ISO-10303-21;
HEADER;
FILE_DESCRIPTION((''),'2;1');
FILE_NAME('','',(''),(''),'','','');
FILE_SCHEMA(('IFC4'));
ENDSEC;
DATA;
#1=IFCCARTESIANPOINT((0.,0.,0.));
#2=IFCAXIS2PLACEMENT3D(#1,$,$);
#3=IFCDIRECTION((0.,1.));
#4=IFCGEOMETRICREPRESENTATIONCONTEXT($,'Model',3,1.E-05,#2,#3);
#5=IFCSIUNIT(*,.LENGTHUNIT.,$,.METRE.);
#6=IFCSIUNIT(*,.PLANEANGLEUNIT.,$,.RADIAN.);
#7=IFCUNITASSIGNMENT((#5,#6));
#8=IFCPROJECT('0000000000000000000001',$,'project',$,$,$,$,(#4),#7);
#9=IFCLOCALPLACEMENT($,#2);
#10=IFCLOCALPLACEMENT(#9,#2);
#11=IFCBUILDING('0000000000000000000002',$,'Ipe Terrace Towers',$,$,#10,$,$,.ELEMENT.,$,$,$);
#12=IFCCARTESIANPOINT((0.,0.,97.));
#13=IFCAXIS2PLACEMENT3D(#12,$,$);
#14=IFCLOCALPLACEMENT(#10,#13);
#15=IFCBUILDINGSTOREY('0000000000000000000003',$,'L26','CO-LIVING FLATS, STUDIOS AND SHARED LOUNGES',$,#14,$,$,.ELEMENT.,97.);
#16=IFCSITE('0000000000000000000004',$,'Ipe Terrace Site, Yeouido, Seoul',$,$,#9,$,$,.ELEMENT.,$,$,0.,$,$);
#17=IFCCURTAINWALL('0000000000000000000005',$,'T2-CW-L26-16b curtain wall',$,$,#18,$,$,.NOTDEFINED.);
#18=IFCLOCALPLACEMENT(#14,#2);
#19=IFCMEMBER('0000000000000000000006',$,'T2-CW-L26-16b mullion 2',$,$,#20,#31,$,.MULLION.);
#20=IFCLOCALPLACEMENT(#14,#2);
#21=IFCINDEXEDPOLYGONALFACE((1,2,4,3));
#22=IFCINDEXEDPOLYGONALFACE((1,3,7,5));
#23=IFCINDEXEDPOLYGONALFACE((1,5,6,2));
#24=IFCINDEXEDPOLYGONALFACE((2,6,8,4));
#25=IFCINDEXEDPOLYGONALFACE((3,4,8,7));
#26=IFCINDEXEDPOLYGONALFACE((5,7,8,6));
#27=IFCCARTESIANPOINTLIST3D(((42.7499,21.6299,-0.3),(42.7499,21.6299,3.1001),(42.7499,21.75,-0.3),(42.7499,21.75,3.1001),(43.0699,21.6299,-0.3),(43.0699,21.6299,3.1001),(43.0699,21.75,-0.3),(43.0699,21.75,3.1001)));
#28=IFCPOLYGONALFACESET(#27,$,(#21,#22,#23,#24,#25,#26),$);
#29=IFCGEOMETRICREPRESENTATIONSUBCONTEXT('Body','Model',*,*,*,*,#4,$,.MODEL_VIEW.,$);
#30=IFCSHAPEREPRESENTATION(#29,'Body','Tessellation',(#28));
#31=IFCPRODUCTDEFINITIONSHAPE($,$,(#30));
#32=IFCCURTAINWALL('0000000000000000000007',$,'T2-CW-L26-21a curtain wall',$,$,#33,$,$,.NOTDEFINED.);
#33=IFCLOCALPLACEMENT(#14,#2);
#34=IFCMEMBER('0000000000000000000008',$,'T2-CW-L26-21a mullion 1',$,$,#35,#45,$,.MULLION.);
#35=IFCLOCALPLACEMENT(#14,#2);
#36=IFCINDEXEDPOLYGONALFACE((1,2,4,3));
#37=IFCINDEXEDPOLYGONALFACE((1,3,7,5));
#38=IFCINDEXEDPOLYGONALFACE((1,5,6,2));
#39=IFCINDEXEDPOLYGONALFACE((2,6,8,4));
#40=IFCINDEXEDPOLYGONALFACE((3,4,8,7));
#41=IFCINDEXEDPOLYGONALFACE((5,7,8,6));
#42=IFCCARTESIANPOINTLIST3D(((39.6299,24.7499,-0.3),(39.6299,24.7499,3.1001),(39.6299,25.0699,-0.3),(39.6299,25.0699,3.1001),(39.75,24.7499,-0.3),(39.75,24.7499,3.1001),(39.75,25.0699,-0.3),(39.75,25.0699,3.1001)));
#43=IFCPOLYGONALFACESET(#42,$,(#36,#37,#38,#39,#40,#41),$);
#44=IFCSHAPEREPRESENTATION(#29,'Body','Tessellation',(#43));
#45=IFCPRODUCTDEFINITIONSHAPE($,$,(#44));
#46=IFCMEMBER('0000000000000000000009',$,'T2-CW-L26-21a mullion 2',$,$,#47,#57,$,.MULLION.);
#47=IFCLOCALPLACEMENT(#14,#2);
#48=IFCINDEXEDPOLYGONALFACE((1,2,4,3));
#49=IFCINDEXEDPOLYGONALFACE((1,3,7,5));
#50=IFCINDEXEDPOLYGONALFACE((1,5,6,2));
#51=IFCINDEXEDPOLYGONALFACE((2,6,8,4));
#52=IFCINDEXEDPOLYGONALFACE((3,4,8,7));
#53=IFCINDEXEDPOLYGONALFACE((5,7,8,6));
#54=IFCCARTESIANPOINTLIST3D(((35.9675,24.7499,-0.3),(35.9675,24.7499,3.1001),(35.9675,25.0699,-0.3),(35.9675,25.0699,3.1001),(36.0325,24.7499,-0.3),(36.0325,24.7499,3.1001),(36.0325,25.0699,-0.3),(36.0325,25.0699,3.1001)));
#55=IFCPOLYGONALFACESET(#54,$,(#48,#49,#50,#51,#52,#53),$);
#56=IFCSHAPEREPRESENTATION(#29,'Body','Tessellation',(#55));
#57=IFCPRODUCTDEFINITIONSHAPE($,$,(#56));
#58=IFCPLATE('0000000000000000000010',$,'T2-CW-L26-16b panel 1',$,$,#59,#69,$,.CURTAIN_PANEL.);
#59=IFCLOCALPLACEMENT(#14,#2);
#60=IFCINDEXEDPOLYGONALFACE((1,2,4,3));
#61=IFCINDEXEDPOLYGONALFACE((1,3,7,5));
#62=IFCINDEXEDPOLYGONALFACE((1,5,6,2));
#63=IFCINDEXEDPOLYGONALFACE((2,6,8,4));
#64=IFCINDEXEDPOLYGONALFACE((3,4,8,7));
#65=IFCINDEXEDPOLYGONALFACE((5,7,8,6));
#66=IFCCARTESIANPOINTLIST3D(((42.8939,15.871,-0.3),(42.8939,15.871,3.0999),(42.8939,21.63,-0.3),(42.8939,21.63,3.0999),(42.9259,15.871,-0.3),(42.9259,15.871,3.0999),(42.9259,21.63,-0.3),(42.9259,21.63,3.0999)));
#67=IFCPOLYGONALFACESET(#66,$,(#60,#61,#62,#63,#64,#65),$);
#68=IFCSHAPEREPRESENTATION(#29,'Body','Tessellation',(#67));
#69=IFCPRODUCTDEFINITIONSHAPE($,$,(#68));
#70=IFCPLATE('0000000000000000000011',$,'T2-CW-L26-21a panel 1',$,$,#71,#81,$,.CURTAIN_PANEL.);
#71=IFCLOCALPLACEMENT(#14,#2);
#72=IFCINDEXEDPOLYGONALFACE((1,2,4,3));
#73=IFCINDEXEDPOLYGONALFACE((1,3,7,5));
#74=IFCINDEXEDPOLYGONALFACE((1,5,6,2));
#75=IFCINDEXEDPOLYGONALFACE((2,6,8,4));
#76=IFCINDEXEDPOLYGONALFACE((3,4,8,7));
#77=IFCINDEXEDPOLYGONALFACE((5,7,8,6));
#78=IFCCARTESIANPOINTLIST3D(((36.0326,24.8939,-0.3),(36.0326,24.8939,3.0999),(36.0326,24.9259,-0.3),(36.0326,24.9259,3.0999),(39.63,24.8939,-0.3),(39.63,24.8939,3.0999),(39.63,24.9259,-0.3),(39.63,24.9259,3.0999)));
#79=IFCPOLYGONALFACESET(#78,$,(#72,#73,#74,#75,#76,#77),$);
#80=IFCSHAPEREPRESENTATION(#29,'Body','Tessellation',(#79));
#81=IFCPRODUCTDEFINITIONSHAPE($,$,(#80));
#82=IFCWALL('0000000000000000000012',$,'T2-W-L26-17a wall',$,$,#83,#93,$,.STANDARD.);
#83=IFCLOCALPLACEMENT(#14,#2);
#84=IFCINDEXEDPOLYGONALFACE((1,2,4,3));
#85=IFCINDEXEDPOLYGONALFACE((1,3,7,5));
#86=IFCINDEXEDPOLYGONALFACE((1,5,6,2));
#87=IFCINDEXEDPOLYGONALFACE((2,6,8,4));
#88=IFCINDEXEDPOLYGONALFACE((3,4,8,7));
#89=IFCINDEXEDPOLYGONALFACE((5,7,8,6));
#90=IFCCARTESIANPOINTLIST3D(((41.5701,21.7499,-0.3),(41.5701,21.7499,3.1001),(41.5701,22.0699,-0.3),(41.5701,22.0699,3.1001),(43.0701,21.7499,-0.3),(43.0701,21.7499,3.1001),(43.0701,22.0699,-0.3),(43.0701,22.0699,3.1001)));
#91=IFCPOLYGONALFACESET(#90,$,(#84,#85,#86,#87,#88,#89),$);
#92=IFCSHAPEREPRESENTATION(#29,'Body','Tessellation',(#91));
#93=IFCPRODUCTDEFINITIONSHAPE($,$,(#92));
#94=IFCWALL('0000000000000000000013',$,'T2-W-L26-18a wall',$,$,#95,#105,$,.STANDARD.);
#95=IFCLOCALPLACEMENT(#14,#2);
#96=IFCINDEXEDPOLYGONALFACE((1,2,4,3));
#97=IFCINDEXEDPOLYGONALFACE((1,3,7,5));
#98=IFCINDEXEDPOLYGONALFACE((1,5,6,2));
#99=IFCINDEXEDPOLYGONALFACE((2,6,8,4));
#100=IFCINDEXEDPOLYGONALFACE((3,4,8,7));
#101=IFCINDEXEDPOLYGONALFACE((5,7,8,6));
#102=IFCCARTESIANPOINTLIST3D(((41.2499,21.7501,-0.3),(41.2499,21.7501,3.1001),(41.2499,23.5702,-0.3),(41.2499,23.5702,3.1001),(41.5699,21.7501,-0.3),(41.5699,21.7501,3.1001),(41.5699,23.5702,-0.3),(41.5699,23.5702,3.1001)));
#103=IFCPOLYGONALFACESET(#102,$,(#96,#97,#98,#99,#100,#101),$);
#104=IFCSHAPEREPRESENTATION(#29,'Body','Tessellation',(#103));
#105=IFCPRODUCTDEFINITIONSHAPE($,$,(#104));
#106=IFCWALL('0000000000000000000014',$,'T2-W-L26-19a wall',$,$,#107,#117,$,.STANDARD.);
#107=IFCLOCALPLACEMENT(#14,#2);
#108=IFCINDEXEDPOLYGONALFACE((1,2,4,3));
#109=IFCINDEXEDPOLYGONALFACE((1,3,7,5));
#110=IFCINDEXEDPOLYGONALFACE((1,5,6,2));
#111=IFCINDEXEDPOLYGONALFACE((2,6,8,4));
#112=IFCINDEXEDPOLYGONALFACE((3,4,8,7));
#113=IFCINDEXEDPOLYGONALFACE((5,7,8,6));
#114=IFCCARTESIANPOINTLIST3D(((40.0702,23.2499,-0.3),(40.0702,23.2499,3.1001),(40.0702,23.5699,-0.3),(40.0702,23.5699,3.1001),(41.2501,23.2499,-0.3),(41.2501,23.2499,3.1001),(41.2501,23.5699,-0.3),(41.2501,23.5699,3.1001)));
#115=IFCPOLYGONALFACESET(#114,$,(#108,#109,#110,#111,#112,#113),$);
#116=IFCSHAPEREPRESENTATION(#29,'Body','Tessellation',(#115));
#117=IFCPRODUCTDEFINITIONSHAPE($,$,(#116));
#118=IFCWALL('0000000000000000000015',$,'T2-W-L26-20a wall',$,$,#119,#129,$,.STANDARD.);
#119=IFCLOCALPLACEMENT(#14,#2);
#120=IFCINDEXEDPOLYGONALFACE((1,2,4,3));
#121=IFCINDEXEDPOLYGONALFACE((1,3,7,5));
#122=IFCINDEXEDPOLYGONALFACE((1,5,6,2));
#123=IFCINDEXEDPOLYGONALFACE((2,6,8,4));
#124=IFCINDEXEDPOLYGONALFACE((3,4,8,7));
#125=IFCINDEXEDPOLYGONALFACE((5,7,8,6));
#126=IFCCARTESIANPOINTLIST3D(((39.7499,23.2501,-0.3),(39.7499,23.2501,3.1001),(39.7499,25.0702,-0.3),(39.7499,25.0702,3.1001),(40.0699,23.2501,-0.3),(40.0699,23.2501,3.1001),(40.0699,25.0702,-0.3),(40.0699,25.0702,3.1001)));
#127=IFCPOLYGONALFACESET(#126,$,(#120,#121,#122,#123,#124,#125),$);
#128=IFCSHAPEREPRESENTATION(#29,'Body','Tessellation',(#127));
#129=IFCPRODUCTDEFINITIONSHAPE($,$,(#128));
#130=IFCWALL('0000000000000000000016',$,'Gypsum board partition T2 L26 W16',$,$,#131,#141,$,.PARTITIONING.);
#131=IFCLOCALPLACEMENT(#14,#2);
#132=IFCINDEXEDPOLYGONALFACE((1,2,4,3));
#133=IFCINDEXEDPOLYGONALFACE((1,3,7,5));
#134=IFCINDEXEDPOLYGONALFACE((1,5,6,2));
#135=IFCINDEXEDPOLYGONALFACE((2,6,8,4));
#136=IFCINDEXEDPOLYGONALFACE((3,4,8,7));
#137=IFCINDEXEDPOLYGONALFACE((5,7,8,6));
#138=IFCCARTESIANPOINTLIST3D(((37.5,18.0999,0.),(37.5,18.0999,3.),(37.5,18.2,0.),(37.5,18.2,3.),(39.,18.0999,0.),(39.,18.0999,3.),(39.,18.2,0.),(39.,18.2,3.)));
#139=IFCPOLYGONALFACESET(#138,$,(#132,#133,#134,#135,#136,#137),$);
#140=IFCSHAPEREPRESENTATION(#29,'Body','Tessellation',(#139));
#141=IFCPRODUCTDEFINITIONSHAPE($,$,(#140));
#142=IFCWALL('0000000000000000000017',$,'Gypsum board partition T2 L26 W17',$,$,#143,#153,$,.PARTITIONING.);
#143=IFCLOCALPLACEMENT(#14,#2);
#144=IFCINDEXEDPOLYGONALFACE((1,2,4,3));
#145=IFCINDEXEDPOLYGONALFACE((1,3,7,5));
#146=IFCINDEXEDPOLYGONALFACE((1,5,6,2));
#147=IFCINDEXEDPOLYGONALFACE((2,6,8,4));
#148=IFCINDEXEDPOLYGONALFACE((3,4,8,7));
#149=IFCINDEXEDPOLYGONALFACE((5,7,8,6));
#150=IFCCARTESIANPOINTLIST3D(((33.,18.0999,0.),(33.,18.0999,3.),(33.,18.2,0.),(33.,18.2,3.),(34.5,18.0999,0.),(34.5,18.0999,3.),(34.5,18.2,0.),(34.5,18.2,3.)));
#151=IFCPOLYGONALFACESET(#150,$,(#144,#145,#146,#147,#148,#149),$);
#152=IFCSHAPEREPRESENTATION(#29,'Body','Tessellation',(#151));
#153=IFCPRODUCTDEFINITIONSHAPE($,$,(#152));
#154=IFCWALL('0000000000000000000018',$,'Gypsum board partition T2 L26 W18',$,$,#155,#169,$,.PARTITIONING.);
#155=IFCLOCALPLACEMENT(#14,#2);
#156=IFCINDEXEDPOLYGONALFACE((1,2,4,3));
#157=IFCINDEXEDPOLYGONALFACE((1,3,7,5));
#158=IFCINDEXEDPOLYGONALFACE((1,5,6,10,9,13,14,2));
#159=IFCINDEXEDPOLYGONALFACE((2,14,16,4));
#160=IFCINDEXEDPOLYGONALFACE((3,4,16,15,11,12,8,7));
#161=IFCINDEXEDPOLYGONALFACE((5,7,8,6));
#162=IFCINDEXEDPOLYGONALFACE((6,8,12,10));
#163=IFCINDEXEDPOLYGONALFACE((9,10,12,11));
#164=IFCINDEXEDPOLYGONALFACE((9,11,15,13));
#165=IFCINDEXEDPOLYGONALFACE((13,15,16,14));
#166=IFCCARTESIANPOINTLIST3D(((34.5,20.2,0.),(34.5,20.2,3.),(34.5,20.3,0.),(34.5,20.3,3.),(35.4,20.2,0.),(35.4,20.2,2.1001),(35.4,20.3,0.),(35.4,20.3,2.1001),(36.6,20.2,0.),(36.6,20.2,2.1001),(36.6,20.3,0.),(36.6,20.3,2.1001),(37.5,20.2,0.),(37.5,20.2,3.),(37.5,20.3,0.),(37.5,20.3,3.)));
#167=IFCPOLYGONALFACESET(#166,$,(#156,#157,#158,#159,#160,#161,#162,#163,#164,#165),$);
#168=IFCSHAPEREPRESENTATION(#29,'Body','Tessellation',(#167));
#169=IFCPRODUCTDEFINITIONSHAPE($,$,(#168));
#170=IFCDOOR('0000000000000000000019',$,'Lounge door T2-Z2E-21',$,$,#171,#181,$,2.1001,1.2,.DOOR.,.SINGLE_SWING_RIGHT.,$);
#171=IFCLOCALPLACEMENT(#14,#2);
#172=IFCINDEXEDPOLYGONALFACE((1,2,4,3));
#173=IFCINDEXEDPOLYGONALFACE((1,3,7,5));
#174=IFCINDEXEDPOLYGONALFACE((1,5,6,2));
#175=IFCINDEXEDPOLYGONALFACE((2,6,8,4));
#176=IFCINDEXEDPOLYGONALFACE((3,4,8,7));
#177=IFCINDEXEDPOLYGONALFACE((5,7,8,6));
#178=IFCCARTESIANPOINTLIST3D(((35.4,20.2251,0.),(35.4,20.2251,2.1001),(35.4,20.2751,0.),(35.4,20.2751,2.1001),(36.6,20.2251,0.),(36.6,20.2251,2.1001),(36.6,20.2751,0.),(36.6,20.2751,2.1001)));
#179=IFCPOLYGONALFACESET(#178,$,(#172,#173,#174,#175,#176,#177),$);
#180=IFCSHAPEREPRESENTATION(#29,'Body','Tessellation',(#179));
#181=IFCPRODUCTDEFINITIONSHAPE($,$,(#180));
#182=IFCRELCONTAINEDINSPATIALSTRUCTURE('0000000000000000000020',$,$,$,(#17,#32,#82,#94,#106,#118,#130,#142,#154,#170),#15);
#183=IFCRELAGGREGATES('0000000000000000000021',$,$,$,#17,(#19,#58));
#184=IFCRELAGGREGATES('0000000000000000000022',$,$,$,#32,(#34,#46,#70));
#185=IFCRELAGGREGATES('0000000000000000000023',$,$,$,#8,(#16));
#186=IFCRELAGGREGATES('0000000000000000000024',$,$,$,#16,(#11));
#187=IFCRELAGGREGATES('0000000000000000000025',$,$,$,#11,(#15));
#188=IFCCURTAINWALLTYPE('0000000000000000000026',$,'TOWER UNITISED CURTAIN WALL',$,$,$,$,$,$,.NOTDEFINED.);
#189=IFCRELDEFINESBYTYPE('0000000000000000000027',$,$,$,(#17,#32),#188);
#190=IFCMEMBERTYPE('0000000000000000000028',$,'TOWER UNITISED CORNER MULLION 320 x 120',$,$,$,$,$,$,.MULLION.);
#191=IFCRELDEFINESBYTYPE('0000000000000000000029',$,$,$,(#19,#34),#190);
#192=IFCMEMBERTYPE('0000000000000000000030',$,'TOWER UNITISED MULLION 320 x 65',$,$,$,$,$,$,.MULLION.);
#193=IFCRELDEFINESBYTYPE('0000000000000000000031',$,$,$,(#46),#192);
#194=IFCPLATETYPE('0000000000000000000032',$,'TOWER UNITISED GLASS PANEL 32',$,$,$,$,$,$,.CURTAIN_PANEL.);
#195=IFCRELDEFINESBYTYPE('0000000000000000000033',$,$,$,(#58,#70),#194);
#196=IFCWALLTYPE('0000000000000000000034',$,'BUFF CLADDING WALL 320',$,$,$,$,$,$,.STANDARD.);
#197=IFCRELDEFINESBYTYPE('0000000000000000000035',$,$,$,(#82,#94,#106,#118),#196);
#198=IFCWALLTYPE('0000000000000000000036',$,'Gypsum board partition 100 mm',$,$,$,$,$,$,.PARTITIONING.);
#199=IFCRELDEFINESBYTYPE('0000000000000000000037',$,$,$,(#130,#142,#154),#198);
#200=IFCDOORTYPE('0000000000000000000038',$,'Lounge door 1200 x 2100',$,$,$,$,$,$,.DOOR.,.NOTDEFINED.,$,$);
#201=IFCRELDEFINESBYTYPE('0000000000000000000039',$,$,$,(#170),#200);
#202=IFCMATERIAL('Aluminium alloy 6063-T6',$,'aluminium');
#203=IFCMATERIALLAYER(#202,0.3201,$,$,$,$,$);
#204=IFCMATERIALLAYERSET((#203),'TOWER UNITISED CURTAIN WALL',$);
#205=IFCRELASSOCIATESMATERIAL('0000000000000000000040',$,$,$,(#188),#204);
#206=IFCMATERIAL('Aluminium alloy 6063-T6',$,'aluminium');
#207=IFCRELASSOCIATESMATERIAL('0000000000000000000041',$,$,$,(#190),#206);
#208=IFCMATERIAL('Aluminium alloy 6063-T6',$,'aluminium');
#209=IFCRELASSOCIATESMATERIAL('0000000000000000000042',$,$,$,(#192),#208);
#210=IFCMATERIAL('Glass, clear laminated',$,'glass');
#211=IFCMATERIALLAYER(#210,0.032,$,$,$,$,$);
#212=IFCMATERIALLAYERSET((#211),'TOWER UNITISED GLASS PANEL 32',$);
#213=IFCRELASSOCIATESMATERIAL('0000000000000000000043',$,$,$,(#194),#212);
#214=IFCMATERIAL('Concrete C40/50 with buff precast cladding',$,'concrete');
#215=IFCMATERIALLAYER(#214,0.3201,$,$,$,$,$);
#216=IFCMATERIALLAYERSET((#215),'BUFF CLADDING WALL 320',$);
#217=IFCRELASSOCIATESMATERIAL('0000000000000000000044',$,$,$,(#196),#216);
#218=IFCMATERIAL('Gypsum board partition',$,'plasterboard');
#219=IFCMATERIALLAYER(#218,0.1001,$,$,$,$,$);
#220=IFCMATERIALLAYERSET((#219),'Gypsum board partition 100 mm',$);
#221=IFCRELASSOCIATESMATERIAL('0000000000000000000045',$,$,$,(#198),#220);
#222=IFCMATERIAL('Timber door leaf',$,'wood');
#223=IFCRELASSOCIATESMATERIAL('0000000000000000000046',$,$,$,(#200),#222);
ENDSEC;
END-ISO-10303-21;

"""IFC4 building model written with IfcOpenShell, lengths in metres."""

from ifc_helpers import new_model, si_unit, direction, frame, frame_2d, origin, origin_2d, place, context, subcontext, project, spatial, rectangle, extrude, material, layer, layer_set, material_profile, profile_set, type_object, element, fill, aggregate, save


model = new_model("IFC4")

# Units and contexts
model_context = context("Model", 3, precision=1e-05, world=origin(), true_north=direction((0.0, 1.0)))
body_context = subcontext(model_context, "Body", "Model", "MODEL_VIEW")
ifc_project = project(units=[si_unit("LENGTHUNIT", "METRE"), si_unit("PLANEANGLEUNIT", "RADIAN")], contexts=[model_context])

# Site, building, storey
site_placement = place(None, origin())
site = spatial("IfcSite", under=ifc_project, at=site_placement, Name="Ipe Terrace Site, Yeouido, Seoul", CompositionType="ELEMENT", RefElevation=0.0)
building_placement = place(site_placement, origin())
building = spatial("IfcBuilding", under=site, at=building_placement, Name="Ipe Terrace Towers", CompositionType="ELEMENT")
storey_placement = place(building_placement, frame((0.0, 0.0, 97.0)))
storey = spatial("IfcBuildingStorey", under=building, at=storey_placement, Name="L26", Description="CO-LIVING FLATS, STUDIOS AND SHARED LOUNGES", CompositionType="ELEMENT", Elevation=97.0)

# Curtain walls, members
ifc_material_1 = material(Name="Aluminium alloy 6063-T6", Category="aluminium")
ifc_layer_1 = layer(ifc_material_1, 0.3201)
ifc_layer_set_1 = layer_set([ifc_layer_1], Name="TOWER UNITISED CURTAIN WALL")
curtain_wall_type = type_object("IfcCurtainWallType", Name="TOWER UNITISED CURTAIN WALL", PredefinedType="NOTDEFINED", material=ifc_layer_set_1)
curtain_wall_1_placement = place(storey_placement, origin())
curtain_wall_1 = element("IfcCurtainWall", 1, at=curtain_wall_1_placement, inside=storey, type_object=curtain_wall_type, Name="T2-CW-L26-16b curtain wall", PredefinedType="NOTDEFINED")
ifc_material_2 = material(Name="Aluminium alloy 6063-T6", Category="aluminium")
ifc_material_profile_1 = material_profile(ifc_material_2, rectangle(XDim=0.3201, YDim=0.1201, at=origin_2d()), Name="TOWER UNITISED CORNER MULLION 320 x 120")
ifc_profile_set_1 = profile_set([ifc_material_profile_1], Name="Aluminium alloy 6063-T6")
member_type_1 = type_object("IfcMemberType", Name="TOWER UNITISED CORNER MULLION 320 x 120", PredefinedType="MULLION", material=ifc_profile_set_1)
member_1_placement = place(storey_placement, frame((42.9099, 21.6899, -0.3), z_axis=(0.0, 0.0, 1.0), x_axis=(1.0, 0.0, 0.0)))
member_1 = element("IfcMember", 2, at=member_1_placement, type_object=member_type_1, Name="T2-CW-L26-16b mullion 2", PredefinedType="MULLION", context=body_context, shape_type="SweptSolid", body=[
    extrude(rectangle(XDim=0.3201, YDim=0.1201, at=origin_2d()), origin(), (0.0, 0.0, 1.0), 3.4001),
])
curtain_wall_2_placement = place(storey_placement, origin())
curtain_wall_2 = element("IfcCurtainWall", 3, at=curtain_wall_2_placement, inside=storey, type_object=curtain_wall_type, Name="T2-CW-L26-21a curtain wall", PredefinedType="NOTDEFINED")
member_2_placement = place(storey_placement, frame((39.6899, 24.9099, -0.3), z_axis=(0.0, 0.0, 1.0), x_axis=(0.0, 1.0, 0.0)))
member_2 = element("IfcMember", 4, at=member_2_placement, type_object=member_type_1, Name="T2-CW-L26-21a mullion 1", PredefinedType="MULLION", context=body_context, shape_type="SweptSolid", body=[
    extrude(rectangle(XDim=0.3201, YDim=0.1201, at=origin_2d()), origin(), (0.0, 0.0, 1.0), 3.4001),
])
ifc_material_3 = material(Name="Aluminium alloy 6063-T6", Category="aluminium")
ifc_material_profile_2 = material_profile(ifc_material_3, rectangle(XDim=0.3201, YDim=0.0649, at=origin_2d()), Name="TOWER UNITISED MULLION 320 x 65")
ifc_profile_set_2 = profile_set([ifc_material_profile_2], Name="Aluminium alloy 6063-T6")
member_type_2 = type_object("IfcMemberType", Name="TOWER UNITISED MULLION 320 x 65", PredefinedType="MULLION", material=ifc_profile_set_2)
member_3_placement = place(storey_placement, frame((36.0, 24.9099, -0.3), z_axis=(0.0, 0.0, 1.0), x_axis=(0.0, 1.0, 0.0)))
member_3 = element("IfcMember", 5, at=member_3_placement, type_object=member_type_2, Name="T2-CW-L26-21a mullion 2", PredefinedType="MULLION", context=body_context, shape_type="SweptSolid", body=[
    extrude(rectangle(XDim=0.3201, YDim=0.0649, at=origin_2d()), origin(), (0.0, 0.0, 1.0), 3.4001),
])

# Plates
ifc_material_4 = material(Name="Glass, clear laminated", Category="glass")
ifc_layer_2 = layer(ifc_material_4, 0.032)
ifc_layer_set_2 = layer_set([ifc_layer_2], Name="TOWER UNITISED GLASS PANEL 32")
plate_type = type_object("IfcPlateType", Name="TOWER UNITISED GLASS PANEL 32", PredefinedType="CURTAIN_PANEL", material=ifc_layer_set_2)
plate_1_placement = place(storey_placement, frame((42.9099, 18.7505, -0.3), z_axis=(0.0, 0.0, 1.0), x_axis=(0.0, 1.0, 0.0)))
plate_1 = element("IfcPlate", 6, at=plate_1_placement, type_object=plate_type, Name="T2-CW-L26-16b panel 1", PredefinedType="CURTAIN_PANEL", context=body_context, shape_type="SweptSolid", body=[
    extrude(rectangle(XDim=5.759, YDim=0.032, at=origin_2d()), origin(), (0.0, 0.0, 1.0), 3.3999),
])
aggregate(curtain_wall_1, [member_1, plate_1])
plate_2_placement = place(storey_placement, frame((37.8313, 24.9099, -0.3), z_axis=(0.0, 0.0, 1.0), x_axis=(-1.0, 0.0, 0.0)))
plate_2 = element("IfcPlate", 7, at=plate_2_placement, type_object=plate_type, Name="T2-CW-L26-21a panel 1", PredefinedType="CURTAIN_PANEL", context=body_context, shape_type="SweptSolid", body=[
    extrude(rectangle(XDim=3.5974, YDim=0.032, at=origin_2d()), origin(), (0.0, 0.0, 1.0), 3.3999),
])
aggregate(curtain_wall_2, [member_2, member_3, plate_2])

# Walls
ifc_material_5 = material(Name="Concrete C40/50 with buff precast cladding", Category="concrete")
ifc_layer_3 = layer(ifc_material_5, 0.3201)
ifc_layer_set_3 = layer_set([ifc_layer_3], Name="BUFF CLADDING WALL 320")
wall_type_1 = type_object("IfcWallType", Name="BUFF CLADDING WALL 320", PredefinedType="STANDARD", material=ifc_layer_set_3)
wall_1_placement = place(storey_placement, frame((43.0701, 21.9099, -0.3), z_axis=(0.0, 0.0, 1.0), x_axis=(-1.0, 0.0, 0.0)))
element("IfcWall", 8, at=wall_1_placement, inside=storey, type_object=wall_type_1, Name="T2-W-L26-17a wall", PredefinedType="STANDARD", context=body_context, shape_type="SweptSolid", body=[
    extrude(rectangle(XDim=1.5, YDim=0.3201, at=frame_2d((0.75, 0.0))), origin(), (0.0, 0.0, 1.0), 3.4001),
])
wall_2_placement = place(storey_placement, frame((41.4099, 21.75, -0.3), z_axis=(0.0, 0.0, 1.0), x_axis=(0.0, 1.0, 0.0)))
element("IfcWall", 9, at=wall_2_placement, inside=storey, type_object=wall_type_1, Name="T2-W-L26-18a wall", PredefinedType="STANDARD", context=body_context, shape_type="SweptSolid", body=[
    extrude(rectangle(XDim=1.8201, YDim=0.3201, at=frame_2d((0.9102, 0.0))), origin(), (0.0, 0.0, 1.0), 3.4001),
])
wall_3_placement = place(storey_placement, frame((41.25, 23.4099, -0.3), z_axis=(0.0, 0.0, 1.0), x_axis=(-1.0, 0.0, 0.0)))
element("IfcWall", 10, at=wall_3_placement, inside=storey, type_object=wall_type_1, Name="T2-W-L26-19a wall", PredefinedType="STANDARD", context=body_context, shape_type="SweptSolid", body=[
    extrude(rectangle(XDim=1.1799, YDim=0.3201, at=frame_2d((0.5898, 0.0))), origin(), (0.0, 0.0, 1.0), 3.4001),
])
wall_4_placement = place(storey_placement, frame((39.9099, 23.25, -0.3), z_axis=(0.0, 0.0, 1.0), x_axis=(0.0, 1.0, 0.0)))
element("IfcWall", 11, at=wall_4_placement, inside=storey, type_object=wall_type_1, Name="T2-W-L26-20a wall", PredefinedType="STANDARD", context=body_context, shape_type="SweptSolid", body=[
    extrude(rectangle(XDim=1.8201, YDim=0.3201, at=frame_2d((0.9102, 0.0))), origin(), (0.0, 0.0, 1.0), 3.4001),
])
ifc_material_6 = material(Name="Gypsum board partition", Category="plasterboard")
ifc_layer_4 = layer(ifc_material_6, 0.1001)
ifc_layer_set_4 = layer_set([ifc_layer_4], Name="Gypsum board partition 100 mm")
wall_type_2 = type_object("IfcWallType", Name="Gypsum board partition 100 mm", PredefinedType="PARTITIONING", material=ifc_layer_set_4)
for number, where, z_axis, x_axis, name in (
    (12, (39.0, 18.1499, 0.0), (0.0, 0.0, 1.0), (-1.0, 0.0, 0.0), "Gypsum board partition T2 L26 W16"),
    (13, (34.5, 18.1499, 0.0), (0.0, 0.0, 1.0), (-1.0, 0.0, 0.0), "Gypsum board partition T2 L26 W17"),
):
    element("IfcWall", number, at=place(storey_placement, frame(where, z_axis=z_axis, x_axis=x_axis)), inside=storey, type_object=wall_type_2, Name=name, PredefinedType="PARTITIONING", context=body_context, shape_type="SweptSolid", body=[
        extrude(rectangle(XDim=1.5, YDim=0.1001, at=frame_2d((0.75, 0.0))), origin(), (0.0, 0.0, 1.0), 3.0),
    ])

# Wall, opening, door
wall_5_placement = place(storey_placement, frame((37.5, 20.25, 0.0), z_axis=(0.0, 0.0, 1.0), x_axis=(-1.0, 0.0, 0.0)))
wall_5 = element("IfcWall", 14, at=wall_5_placement, inside=storey, type_object=wall_type_2, Name="Gypsum board partition T2 L26 W18", PredefinedType="PARTITIONING", context=body_context, shape_type="SweptSolid", body=[
    extrude(rectangle(XDim=3.0, YDim=0.1001, at=frame_2d((1.5, 0.0))), origin(), (0.0, 0.0, 1.0), 3.0),
])
opening_1_placement = place(wall_5_placement, frame((0.8999, 0.0, 0.0)))
opening_1 = element("IfcOpeningElement", 15, at=opening_1_placement, cuts=wall_5, PredefinedType="OPENING", context=body_context, shape_type="SweptSolid", body=[
    extrude(rectangle(XDim=1.2, YDim=2.1001, at=frame_2d((0.6001, 1.05))), frame((0.0, 0.0601, 0.0), z_axis=(0.0, -1.0, 0.0), x_axis=(1.0, 0.0, 0.0)), (0.0, 0.0, 1.0), 0.1201),
])
ifc_material_7 = material(Name="Timber door leaf", Category="wood")
door_type_1 = type_object("IfcDoorType", Name="Lounge door 1200 x 2100", OperationType="NOTDEFINED", PredefinedType="DOOR", material=ifc_material_7)
door_1_placement = place(opening_1_placement, origin())
door_1 = element("IfcDoor", 16, at=door_1_placement, inside=storey, type_object=door_type_1, Name="Lounge door T2-Z2E-21", OperationType="SINGLE_SWING_RIGHT", OverallHeight=2.1001, OverallWidth=1.2, PredefinedType="DOOR", context=body_context, shape_type="SweptSolid", body=[
    extrude(rectangle(XDim=1.2, YDim=2.1001, at=frame_2d((0.6001, 1.05))), frame((0.0, 0.0249, 0.0), z_axis=(0.0, -1.0, 0.0), x_axis=(1.0, 0.0, 0.0)), (0.0, 0.0, 1.0), 0.05),
])
fill(opening_1, door_1)

save(model, "model.ifc")
